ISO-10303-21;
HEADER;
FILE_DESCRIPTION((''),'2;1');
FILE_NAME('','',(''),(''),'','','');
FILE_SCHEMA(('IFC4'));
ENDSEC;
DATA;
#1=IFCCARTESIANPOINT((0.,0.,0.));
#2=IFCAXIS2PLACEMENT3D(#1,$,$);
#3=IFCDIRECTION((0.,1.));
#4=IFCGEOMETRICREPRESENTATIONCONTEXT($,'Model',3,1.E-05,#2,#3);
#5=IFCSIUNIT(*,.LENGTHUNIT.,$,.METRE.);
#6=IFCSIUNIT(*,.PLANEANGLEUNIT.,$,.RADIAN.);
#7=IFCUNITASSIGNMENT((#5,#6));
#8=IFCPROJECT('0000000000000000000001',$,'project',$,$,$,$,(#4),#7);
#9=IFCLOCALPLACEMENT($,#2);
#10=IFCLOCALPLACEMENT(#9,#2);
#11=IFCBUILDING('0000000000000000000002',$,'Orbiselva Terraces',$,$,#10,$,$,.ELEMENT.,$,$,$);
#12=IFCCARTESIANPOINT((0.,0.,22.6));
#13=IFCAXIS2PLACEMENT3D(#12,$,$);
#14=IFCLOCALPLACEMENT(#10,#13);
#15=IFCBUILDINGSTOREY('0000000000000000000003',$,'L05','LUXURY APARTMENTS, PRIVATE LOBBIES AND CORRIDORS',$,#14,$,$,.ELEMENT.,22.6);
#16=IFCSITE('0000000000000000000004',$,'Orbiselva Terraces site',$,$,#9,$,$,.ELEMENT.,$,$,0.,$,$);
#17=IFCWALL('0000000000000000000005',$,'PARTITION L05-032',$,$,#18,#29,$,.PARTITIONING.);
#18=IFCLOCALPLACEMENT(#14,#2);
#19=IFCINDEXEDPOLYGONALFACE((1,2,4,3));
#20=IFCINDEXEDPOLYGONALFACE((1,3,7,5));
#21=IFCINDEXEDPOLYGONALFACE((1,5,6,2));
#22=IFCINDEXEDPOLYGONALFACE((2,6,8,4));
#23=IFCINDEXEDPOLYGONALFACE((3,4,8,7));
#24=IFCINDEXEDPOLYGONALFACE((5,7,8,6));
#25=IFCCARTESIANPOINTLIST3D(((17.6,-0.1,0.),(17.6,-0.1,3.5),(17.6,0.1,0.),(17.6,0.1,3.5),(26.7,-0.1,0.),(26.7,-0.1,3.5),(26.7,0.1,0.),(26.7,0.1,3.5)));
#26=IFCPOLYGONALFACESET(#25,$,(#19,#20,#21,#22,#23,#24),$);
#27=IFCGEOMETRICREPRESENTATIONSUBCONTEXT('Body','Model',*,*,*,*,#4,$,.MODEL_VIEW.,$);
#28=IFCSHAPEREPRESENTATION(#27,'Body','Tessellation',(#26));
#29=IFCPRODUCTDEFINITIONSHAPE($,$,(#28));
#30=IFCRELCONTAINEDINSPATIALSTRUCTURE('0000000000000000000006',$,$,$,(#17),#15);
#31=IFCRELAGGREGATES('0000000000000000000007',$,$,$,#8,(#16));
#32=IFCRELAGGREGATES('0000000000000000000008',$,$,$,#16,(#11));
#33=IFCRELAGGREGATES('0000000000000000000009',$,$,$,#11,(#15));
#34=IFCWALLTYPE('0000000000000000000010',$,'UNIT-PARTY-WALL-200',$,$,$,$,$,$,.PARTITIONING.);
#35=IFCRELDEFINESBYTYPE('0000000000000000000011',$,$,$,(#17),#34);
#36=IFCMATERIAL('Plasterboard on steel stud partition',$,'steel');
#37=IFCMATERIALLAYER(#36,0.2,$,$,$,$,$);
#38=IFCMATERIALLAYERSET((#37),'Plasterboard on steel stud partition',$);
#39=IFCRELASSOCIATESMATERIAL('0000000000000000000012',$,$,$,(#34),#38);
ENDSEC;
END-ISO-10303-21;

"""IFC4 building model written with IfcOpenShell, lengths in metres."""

from ifc_helpers import new_model, si_unit, direction, frame, frame_2d, origin, place, context, subcontext, project, spatial, rectangle, extrude, material, layer, layer_set, type_object, element, save


model = new_model("IFC4")

# Units and contexts
model_context = context("Model", 3, precision=1e-05, world=origin(), true_north=direction((0.0, 1.0)))
body_context = subcontext(model_context, "Body", "Model", "MODEL_VIEW")
ifc_project = project(units=[si_unit("LENGTHUNIT", "METRE"), si_unit("PLANEANGLEUNIT", "RADIAN")], contexts=[model_context])

# Site, building, storey
site_placement = place(None, origin())
site = spatial("IfcSite", under=ifc_project, at=site_placement, Name="Orbiselva Terraces site", CompositionType="ELEMENT", RefElevation=0.0)
building_placement = place(site_placement, origin())
building = spatial("IfcBuilding", under=site, at=building_placement, Name="Orbiselva Terraces", CompositionType="ELEMENT")
storey_placement = place(building_placement, frame((0.0, 0.0, 22.6)))
storey = spatial("IfcBuildingStorey", under=building, at=storey_placement, Name="L05", Description="LUXURY APARTMENTS, PRIVATE LOBBIES AND CORRIDORS", CompositionType="ELEMENT", Elevation=22.6)

# Shared definitions
ifc_material_1 = material(Name="Plasterboard on steel stud partition", Category="steel")

# Wall
ifc_layer_1 = layer(ifc_material_1, 0.2)
ifc_layer_set_1 = layer_set([ifc_layer_1], Name="Plasterboard on steel stud partition")
wall_type_1 = type_object("IfcWallType", Name="UNIT-PARTY-WALL-200", PredefinedType="PARTITIONING", material=ifc_layer_set_1)
wall_1_placement = place(storey_placement, frame((17.6, 0.0, 0.0), z_axis=(0.0, 0.0, 1.0), x_axis=(1.0, 0.0, 0.0)))
element("IfcWall", 1, at=wall_1_placement, inside=storey, type_object=wall_type_1, Name="PARTITION L05-032", PredefinedType="PARTITIONING", context=body_context, shape_type="SweptSolid", body=[
    extrude(rectangle(XDim=9.1, YDim=0.2, at=frame_2d((4.55, 0.0))), origin(), (0.0, 0.0, 1.0), 3.5),
])

save(model, "model.ifc")
